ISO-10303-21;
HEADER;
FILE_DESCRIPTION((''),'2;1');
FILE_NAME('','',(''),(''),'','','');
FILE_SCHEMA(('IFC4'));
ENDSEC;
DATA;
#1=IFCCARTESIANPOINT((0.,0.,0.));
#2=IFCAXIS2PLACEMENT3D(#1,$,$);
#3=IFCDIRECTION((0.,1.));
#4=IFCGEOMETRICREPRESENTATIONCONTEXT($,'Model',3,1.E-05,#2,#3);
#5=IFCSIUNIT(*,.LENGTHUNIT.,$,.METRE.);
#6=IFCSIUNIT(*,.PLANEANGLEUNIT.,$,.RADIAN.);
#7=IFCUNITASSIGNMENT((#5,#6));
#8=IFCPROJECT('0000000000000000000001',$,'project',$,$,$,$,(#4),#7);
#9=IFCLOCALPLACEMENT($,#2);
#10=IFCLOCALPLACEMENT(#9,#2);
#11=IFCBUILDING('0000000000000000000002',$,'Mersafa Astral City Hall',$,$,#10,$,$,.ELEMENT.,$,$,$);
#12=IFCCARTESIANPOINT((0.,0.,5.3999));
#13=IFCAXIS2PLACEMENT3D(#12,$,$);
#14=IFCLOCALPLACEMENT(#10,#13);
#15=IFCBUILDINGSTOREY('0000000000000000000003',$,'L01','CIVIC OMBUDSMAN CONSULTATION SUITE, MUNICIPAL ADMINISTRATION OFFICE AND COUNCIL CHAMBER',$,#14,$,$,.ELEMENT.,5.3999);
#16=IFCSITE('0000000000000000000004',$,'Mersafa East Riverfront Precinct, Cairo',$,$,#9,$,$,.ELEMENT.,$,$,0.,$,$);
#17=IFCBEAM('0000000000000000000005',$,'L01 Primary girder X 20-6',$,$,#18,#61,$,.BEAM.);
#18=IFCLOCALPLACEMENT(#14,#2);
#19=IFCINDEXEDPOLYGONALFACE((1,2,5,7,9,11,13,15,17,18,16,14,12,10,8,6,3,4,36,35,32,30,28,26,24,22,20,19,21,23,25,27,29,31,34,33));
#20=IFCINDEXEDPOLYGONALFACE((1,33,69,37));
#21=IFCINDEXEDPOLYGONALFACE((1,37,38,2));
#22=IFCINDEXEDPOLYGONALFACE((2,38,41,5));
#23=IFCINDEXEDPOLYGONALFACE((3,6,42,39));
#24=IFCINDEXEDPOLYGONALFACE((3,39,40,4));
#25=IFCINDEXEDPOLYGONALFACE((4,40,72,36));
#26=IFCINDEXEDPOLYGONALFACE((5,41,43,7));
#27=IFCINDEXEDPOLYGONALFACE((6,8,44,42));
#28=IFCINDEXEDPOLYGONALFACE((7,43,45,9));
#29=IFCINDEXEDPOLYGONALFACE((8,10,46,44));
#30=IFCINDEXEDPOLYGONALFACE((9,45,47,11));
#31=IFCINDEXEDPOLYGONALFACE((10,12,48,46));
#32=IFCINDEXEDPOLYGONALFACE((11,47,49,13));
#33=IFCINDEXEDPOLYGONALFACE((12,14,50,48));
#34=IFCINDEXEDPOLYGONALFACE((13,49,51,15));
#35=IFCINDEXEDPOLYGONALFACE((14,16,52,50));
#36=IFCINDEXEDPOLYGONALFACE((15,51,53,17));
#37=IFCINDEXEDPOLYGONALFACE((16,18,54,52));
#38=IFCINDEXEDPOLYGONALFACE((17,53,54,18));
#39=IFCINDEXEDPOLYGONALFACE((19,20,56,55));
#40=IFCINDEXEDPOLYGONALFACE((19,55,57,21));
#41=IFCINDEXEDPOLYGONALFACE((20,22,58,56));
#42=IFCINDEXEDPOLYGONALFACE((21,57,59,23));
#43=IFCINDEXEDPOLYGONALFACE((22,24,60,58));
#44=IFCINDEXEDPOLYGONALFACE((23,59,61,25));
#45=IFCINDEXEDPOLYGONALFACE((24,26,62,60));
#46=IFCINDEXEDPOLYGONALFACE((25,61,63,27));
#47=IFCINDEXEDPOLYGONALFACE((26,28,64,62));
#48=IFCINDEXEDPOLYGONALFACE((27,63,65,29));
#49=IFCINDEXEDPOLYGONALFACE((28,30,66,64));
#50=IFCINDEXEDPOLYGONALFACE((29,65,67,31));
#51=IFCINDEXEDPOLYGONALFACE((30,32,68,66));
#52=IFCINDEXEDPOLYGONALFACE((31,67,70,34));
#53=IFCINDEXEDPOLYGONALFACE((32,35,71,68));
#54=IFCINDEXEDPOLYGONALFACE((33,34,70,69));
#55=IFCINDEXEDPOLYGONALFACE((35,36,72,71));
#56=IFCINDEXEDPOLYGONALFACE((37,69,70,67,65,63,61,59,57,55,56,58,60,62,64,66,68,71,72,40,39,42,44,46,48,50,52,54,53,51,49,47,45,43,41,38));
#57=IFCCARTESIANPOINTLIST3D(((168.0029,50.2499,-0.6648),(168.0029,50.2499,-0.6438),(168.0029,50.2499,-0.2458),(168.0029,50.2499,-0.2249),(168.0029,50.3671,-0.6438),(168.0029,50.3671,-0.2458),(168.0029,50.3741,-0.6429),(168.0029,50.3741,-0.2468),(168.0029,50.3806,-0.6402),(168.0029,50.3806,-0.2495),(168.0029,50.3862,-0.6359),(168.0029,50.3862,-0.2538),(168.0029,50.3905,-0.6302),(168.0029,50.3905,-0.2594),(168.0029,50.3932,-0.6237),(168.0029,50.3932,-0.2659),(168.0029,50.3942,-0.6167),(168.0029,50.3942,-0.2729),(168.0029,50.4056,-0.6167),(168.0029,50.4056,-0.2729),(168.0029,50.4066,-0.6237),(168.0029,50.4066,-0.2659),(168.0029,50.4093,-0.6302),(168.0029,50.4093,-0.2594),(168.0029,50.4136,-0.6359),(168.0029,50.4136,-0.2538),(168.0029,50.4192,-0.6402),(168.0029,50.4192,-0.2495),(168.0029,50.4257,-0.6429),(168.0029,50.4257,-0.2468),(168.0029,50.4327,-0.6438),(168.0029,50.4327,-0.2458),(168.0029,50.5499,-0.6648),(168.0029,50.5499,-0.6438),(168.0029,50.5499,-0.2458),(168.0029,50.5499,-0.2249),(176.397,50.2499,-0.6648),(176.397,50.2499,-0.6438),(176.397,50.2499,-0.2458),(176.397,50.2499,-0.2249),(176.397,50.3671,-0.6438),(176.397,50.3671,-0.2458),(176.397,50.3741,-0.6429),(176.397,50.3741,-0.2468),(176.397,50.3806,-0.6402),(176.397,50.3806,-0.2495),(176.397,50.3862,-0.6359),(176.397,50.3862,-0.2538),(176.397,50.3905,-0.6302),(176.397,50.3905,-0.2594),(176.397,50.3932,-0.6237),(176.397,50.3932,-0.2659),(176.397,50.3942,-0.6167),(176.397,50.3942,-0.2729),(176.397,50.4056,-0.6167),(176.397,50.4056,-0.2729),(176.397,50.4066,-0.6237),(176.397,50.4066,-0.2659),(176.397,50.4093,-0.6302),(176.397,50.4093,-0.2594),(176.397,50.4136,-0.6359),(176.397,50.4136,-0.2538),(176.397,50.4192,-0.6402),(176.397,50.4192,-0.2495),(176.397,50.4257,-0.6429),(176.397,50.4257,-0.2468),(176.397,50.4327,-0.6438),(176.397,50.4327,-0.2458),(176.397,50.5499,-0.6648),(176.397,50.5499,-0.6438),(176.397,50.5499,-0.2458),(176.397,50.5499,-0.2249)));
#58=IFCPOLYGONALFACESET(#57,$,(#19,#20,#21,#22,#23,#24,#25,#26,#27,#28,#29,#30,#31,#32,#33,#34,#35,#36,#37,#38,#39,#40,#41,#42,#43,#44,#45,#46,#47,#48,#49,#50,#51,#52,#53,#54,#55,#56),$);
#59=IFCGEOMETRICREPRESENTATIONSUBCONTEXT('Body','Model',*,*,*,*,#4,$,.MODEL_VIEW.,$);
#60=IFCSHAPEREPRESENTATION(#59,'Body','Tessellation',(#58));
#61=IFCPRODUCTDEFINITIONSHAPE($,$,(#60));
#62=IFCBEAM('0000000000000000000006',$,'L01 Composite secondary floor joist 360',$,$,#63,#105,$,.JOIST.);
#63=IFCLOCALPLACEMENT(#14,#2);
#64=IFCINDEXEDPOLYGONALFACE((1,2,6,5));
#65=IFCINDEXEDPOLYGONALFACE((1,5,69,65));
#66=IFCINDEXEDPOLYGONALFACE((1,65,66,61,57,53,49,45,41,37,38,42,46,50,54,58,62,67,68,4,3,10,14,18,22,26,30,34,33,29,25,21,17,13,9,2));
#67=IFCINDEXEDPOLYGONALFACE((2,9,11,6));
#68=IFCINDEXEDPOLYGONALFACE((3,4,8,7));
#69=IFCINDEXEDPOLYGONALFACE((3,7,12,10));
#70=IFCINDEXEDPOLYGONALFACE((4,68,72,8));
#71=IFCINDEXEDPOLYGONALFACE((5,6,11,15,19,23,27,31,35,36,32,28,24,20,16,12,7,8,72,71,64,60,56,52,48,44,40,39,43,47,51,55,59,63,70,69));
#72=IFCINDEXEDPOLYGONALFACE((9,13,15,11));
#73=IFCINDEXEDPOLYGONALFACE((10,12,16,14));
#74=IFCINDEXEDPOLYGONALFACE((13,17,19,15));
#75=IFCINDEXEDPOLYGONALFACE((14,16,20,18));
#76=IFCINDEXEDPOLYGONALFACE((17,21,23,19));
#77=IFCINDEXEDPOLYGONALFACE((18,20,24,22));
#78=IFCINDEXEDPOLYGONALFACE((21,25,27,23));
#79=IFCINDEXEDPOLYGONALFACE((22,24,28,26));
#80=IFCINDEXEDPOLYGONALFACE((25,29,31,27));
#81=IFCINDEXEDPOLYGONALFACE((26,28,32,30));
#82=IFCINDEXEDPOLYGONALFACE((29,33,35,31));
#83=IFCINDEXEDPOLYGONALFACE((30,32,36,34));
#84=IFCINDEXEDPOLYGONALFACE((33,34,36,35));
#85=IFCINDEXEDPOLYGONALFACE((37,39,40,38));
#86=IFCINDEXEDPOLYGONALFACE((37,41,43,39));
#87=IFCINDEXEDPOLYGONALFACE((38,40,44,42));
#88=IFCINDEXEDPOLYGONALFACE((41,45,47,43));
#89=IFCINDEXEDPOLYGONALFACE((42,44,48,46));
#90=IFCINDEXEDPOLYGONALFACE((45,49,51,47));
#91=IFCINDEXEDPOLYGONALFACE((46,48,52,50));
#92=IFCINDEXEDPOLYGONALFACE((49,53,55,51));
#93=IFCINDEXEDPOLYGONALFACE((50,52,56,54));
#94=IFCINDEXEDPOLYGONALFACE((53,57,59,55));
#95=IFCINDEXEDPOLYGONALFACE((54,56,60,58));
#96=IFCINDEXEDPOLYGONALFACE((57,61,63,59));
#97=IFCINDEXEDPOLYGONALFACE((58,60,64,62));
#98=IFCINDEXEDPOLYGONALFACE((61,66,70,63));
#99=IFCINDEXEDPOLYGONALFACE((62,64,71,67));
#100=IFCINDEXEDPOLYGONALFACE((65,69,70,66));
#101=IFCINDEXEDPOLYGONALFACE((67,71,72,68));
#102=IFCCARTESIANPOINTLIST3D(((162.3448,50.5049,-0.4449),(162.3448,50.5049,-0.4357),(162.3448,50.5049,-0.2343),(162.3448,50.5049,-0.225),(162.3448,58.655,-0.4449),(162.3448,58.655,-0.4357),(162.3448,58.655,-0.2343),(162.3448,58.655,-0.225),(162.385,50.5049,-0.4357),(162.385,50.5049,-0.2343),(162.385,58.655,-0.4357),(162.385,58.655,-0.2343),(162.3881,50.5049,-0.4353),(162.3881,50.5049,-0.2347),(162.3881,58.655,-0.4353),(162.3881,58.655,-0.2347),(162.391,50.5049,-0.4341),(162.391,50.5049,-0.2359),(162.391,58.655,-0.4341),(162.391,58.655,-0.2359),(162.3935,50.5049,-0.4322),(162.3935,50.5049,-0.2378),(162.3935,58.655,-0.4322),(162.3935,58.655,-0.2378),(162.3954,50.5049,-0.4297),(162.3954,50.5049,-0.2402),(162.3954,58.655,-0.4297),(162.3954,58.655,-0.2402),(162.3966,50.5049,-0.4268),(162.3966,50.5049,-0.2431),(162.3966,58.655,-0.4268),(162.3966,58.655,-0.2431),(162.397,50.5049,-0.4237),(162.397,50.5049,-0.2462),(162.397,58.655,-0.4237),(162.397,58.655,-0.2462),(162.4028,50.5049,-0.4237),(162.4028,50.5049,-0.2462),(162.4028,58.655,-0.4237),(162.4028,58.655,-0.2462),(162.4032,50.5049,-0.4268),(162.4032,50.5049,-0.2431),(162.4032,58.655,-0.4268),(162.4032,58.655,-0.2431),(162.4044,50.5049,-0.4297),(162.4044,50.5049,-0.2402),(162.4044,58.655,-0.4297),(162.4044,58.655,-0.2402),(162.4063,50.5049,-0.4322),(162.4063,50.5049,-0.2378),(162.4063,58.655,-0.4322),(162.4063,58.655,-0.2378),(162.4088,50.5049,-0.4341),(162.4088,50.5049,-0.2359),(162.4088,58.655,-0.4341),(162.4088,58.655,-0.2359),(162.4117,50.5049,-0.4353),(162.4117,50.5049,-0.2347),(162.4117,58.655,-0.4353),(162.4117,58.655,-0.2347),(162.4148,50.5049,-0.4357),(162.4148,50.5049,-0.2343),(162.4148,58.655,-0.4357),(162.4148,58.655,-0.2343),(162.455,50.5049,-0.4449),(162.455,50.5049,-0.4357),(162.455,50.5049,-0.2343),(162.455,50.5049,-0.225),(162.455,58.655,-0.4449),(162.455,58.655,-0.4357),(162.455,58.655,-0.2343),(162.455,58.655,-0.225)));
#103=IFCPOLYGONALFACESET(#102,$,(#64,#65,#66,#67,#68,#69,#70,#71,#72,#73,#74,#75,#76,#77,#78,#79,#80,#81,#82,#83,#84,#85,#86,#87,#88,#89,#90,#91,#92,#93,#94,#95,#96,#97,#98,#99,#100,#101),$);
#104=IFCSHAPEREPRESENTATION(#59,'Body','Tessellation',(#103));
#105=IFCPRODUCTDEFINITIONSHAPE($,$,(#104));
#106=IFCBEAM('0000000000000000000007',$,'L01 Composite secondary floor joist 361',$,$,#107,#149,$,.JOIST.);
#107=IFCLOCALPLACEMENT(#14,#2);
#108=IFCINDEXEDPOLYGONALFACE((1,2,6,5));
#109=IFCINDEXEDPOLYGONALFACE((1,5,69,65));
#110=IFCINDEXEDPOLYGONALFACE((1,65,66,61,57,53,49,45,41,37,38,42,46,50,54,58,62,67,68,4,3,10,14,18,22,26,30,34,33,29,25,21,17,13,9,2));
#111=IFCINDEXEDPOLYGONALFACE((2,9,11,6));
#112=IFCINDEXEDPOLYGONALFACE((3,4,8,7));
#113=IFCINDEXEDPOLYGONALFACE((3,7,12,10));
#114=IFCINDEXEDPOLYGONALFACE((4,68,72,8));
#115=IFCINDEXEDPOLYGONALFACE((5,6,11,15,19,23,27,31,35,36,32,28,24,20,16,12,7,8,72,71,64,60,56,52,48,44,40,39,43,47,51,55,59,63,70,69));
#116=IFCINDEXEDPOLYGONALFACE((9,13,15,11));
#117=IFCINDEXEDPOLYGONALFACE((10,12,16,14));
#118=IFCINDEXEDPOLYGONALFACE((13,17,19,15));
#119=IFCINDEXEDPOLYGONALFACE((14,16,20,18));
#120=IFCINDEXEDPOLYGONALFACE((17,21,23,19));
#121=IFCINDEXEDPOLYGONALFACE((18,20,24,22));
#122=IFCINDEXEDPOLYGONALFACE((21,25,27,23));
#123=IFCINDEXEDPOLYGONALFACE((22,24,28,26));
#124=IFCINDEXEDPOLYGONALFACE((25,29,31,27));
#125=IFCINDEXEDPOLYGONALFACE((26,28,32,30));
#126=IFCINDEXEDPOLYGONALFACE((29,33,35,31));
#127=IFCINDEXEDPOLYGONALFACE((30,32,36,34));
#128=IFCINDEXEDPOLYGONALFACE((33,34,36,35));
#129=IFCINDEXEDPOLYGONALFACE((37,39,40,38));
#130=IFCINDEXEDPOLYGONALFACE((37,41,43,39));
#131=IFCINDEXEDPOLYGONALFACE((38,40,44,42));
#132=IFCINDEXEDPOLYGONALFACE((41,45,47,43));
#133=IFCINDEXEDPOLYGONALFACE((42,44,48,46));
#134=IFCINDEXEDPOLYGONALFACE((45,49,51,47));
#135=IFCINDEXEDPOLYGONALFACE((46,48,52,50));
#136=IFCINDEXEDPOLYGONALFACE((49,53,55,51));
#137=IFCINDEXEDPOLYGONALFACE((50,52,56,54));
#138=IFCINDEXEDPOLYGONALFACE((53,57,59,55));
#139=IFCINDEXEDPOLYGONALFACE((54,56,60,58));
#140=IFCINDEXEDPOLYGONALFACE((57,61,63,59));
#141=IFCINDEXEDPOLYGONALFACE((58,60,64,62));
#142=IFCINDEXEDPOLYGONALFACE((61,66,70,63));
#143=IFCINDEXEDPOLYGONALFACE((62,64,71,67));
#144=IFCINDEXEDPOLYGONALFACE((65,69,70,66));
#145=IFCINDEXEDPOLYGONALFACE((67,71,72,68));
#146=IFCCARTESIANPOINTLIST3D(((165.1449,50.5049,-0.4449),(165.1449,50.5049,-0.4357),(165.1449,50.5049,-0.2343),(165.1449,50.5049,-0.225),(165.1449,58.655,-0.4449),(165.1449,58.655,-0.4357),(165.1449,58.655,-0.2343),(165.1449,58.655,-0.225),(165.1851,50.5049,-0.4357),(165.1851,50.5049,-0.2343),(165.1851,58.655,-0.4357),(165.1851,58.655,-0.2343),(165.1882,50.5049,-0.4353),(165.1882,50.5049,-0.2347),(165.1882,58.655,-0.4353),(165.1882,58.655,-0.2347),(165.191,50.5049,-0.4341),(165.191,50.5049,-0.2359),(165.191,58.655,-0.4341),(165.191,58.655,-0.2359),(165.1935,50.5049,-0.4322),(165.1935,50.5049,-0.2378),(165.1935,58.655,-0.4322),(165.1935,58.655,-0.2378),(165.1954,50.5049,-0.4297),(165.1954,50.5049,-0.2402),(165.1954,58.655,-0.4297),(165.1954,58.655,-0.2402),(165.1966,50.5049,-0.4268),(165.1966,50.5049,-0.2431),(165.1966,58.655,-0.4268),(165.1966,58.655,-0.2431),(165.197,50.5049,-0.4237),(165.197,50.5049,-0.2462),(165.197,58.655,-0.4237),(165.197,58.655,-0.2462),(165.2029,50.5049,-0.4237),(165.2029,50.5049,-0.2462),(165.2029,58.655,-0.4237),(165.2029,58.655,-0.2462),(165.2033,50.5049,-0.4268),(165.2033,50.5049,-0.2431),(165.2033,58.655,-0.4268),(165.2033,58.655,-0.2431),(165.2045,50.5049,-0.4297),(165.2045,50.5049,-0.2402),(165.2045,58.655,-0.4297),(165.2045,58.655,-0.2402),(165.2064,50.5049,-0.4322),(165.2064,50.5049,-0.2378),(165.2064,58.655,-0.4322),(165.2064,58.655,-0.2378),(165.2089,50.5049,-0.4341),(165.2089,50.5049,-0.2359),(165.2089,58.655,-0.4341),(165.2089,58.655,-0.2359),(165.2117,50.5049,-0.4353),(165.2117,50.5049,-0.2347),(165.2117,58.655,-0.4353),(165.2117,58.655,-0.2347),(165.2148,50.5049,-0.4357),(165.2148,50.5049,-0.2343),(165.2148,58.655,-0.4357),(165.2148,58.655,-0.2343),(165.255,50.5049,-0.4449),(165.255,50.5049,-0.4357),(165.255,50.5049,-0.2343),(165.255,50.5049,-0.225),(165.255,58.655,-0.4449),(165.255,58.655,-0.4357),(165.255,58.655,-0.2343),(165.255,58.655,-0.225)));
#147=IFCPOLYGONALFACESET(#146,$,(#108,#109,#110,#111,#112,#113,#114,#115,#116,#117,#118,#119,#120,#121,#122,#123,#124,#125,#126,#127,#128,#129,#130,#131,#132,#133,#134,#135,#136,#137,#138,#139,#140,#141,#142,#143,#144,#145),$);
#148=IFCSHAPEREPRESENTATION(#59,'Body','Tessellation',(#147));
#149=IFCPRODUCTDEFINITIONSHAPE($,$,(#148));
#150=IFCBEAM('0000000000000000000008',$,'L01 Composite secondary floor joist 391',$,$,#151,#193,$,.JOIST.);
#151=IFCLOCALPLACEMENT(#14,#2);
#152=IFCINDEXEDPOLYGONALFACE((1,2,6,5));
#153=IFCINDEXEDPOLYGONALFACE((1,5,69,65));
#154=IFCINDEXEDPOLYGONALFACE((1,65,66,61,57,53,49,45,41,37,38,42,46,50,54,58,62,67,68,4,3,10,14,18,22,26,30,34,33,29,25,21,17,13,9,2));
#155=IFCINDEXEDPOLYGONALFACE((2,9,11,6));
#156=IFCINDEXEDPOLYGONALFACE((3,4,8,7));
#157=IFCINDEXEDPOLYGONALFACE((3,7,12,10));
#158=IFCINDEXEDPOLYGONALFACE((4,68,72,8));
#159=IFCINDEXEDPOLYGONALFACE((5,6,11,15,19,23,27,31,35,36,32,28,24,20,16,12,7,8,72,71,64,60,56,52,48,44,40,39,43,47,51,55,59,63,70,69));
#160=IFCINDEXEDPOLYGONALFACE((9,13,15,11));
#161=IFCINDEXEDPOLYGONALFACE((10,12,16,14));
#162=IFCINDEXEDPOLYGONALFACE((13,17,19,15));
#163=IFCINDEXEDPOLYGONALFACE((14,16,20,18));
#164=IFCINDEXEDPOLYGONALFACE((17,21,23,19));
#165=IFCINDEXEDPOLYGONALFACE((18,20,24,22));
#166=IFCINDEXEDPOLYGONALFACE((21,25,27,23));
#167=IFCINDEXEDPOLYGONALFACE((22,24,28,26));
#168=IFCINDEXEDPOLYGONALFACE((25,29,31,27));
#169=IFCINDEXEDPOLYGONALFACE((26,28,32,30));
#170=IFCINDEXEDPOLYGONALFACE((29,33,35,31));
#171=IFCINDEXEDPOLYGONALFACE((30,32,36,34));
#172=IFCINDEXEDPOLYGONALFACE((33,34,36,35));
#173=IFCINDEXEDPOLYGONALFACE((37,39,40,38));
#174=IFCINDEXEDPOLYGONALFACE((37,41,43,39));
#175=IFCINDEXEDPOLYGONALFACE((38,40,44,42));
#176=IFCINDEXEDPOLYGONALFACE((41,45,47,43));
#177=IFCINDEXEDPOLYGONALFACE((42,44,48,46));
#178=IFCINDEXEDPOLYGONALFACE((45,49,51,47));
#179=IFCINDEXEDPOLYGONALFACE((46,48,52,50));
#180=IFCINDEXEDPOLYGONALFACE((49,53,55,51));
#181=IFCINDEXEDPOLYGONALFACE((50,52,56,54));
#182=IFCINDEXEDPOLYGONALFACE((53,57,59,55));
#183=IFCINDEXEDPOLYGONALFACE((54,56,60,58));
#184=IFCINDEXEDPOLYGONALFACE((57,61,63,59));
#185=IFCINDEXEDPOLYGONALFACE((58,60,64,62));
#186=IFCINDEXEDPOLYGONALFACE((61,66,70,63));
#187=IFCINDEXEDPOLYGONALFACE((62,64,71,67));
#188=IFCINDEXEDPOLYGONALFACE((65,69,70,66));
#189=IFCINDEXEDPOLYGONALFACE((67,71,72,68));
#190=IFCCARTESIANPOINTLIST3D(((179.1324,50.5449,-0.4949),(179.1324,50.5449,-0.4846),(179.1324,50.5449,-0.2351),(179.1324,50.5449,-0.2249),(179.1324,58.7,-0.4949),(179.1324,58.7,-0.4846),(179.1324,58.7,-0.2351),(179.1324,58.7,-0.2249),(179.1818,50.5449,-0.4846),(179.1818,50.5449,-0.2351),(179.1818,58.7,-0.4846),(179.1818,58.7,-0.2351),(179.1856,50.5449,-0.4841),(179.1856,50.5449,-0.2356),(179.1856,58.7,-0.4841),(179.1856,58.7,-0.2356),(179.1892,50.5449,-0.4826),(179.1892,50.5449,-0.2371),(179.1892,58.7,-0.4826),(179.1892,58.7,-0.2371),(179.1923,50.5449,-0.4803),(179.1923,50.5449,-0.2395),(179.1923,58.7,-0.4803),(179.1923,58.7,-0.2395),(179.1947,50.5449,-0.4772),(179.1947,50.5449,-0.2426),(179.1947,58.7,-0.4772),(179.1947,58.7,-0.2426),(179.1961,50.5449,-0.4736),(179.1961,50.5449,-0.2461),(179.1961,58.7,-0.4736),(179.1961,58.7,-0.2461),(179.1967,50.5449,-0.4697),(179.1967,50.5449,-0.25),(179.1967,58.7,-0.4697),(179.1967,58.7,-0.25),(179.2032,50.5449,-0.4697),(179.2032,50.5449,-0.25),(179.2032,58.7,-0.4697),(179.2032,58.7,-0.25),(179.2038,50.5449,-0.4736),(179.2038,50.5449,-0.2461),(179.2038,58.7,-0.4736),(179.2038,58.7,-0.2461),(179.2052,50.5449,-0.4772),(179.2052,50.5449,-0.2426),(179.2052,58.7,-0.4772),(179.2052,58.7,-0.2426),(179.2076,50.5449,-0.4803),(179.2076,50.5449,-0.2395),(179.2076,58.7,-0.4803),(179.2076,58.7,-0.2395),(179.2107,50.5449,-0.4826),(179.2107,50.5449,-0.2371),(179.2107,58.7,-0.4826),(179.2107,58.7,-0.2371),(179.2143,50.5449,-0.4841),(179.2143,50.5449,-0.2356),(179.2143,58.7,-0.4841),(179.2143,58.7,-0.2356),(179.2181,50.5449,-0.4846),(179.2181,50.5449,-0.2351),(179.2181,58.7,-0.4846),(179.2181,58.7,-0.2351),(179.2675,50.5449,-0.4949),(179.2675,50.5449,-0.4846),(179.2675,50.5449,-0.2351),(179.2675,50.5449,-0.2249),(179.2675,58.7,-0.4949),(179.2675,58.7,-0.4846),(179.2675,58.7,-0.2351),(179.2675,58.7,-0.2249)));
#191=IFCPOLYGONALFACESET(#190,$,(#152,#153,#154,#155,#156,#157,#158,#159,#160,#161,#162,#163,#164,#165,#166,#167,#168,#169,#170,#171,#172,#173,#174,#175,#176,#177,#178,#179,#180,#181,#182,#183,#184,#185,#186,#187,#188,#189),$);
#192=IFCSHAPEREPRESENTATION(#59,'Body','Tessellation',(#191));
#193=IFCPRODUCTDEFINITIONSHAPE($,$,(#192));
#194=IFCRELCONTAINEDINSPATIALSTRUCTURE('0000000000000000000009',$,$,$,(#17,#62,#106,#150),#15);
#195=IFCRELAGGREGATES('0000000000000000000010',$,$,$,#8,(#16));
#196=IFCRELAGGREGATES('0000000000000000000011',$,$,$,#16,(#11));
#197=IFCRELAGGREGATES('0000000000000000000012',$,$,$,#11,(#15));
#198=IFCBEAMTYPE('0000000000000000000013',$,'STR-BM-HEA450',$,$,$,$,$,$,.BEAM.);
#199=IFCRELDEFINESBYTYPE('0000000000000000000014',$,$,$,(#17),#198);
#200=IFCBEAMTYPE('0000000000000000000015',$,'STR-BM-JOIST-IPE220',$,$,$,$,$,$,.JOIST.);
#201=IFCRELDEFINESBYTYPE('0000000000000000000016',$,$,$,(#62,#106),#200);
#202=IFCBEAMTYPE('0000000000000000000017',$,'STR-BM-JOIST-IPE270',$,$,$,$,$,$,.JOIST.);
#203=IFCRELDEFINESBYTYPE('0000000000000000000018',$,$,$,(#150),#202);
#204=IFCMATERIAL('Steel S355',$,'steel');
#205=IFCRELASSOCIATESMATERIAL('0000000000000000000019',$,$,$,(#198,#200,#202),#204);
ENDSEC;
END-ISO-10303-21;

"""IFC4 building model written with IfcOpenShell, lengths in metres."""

from ifc_helpers import new_model, si_unit, direction, frame, origin, origin_2d, place, context, subcontext, project, spatial, i_section, extrude, material, material_profile, profile_set, type_object, element, save


model = new_model("IFC4")

# Units and contexts
model_context = context("Model", 3, precision=1e-05, world=origin(), true_north=direction((0.0, 1.0)))
body_context = subcontext(model_context, "Body", "Model", "MODEL_VIEW")
ifc_project = project(units=[si_unit("LENGTHUNIT", "METRE"), si_unit("PLANEANGLEUNIT", "RADIAN")], contexts=[model_context])

# Site, building, storey
site_placement = place(None, origin())
site = spatial("IfcSite", under=ifc_project, at=site_placement, Name="Mersafa East Riverfront Precinct, Cairo", CompositionType="ELEMENT", RefElevation=0.0)
building_placement = place(site_placement, origin())
building = spatial("IfcBuilding", under=site, at=building_placement, Name="Mersafa Astral City Hall", CompositionType="ELEMENT")
storey_placement = place(building_placement, frame((0.0, 0.0, 5.3999)))
storey = spatial("IfcBuildingStorey", under=building, at=storey_placement, Name="L01", Description="CIVIC OMBUDSMAN CONSULTATION SUITE, MUNICIPAL ADMINISTRATION OFFICE AND COUNCIL CHAMBER", CompositionType="ELEMENT", Elevation=5.3999)

# Shared definitions
ifc_material_1 = material(Name="Steel S355", Category="steel")

# Beams
ifc_material_profile_1 = material_profile(ifc_material_1, i_section(OverallWidth=0.3, OverallDepth=0.4399, WebThickness=0.0115, FlangeThickness=0.021, FilletRadius=0.0271, at=origin_2d()), Name="HEA 450")
ifc_profile_set_1 = profile_set([ifc_material_profile_1], Name="Steel S355")
beam_type_1 = type_object("IfcBeamType", Name="STR-BM-HEA450", PredefinedType="BEAM", material=ifc_profile_set_1)
beam_1_placement = place(storey_placement, frame((168.0029, 50.3999, -0.4448), z_axis=(1.0, 0.0, 0.0), x_axis=(0.0, 1.0, 0.0)))
element("IfcBeam", 1, at=beam_1_placement, inside=storey, type_object=beam_type_1, Name="L01 Primary girder X 20-6", PredefinedType="BEAM", context=body_context, shape_type="SweptSolid", body=[
    extrude(i_section(OverallWidth=0.3, OverallDepth=0.4399, WebThickness=0.0115, FlangeThickness=0.021, FilletRadius=0.0271, at=origin_2d()), origin(), (0.0, 0.0, 1.0), 8.394),
])
ifc_material_profile_2 = material_profile(ifc_material_1, i_section(OverallWidth=0.1101, OverallDepth=0.22, WebThickness=0.0059, FlangeThickness=0.0093, FilletRadius=0.012, at=origin_2d()), Name="IPE 220")
ifc_profile_set_2 = profile_set([ifc_material_profile_2], Name="Steel S355")
beam_type_2 = type_object("IfcBeamType", Name="STR-BM-JOIST-IPE220", PredefinedType="JOIST", material=ifc_profile_set_2)
for number, where, z_axis, x_axis, name in (
    (2, (162.3999, 50.5049, -0.335), (0.0, 1.0, 0.0), (-1.0, 0.0, 0.0), "L01 Composite secondary floor joist 360"),
    (3, (165.2, 50.5049, -0.335), (0.0, 1.0, 0.0), (-1.0, 0.0, 0.0), "L01 Composite secondary floor joist 361"),
):
    element("IfcBeam", number, at=place(storey_placement, frame(where, z_axis=z_axis, x_axis=x_axis)), inside=storey, type_object=beam_type_2, Name=name, PredefinedType="JOIST", context=body_context, shape_type="SweptSolid", body=[
        extrude(i_section(OverallWidth=0.1101, OverallDepth=0.22, WebThickness=0.0059, FlangeThickness=0.0093, FilletRadius=0.012, at=origin_2d()), origin(), (0.0, 0.0, 1.0), 8.1501),
    ])
ifc_material_profile_3 = material_profile(ifc_material_1, i_section(OverallWidth=0.135, OverallDepth=0.27, WebThickness=0.0066, FlangeThickness=0.0103, FilletRadius=0.0149, at=origin_2d()), Name="IPE 270")
ifc_profile_set_3 = profile_set([ifc_material_profile_3], Name="Steel S355")
beam_type_3 = type_object("IfcBeamType", Name="STR-BM-JOIST-IPE270", PredefinedType="JOIST", material=ifc_profile_set_3)
for number, where, z_axis, x_axis, name in (
    (4, (179.2, 50.5449, -0.3599), (0.0, 1.0, 0.0), (-1.0, 0.0, 0.0), "L01 Composite secondary floor joist 391"),
):
    element("IfcBeam", number, at=place(storey_placement, frame(where, z_axis=z_axis, x_axis=x_axis)), inside=storey, type_object=beam_type_3, Name=name, PredefinedType="JOIST", context=body_context, shape_type="SweptSolid", body=[
        extrude(i_section(OverallWidth=0.135, OverallDepth=0.27, WebThickness=0.0066, FlangeThickness=0.0103, FilletRadius=0.0149, at=origin_2d()), origin(), (0.0, 0.0, 1.0), 8.155),
    ])

save(model, "model.ifc")
